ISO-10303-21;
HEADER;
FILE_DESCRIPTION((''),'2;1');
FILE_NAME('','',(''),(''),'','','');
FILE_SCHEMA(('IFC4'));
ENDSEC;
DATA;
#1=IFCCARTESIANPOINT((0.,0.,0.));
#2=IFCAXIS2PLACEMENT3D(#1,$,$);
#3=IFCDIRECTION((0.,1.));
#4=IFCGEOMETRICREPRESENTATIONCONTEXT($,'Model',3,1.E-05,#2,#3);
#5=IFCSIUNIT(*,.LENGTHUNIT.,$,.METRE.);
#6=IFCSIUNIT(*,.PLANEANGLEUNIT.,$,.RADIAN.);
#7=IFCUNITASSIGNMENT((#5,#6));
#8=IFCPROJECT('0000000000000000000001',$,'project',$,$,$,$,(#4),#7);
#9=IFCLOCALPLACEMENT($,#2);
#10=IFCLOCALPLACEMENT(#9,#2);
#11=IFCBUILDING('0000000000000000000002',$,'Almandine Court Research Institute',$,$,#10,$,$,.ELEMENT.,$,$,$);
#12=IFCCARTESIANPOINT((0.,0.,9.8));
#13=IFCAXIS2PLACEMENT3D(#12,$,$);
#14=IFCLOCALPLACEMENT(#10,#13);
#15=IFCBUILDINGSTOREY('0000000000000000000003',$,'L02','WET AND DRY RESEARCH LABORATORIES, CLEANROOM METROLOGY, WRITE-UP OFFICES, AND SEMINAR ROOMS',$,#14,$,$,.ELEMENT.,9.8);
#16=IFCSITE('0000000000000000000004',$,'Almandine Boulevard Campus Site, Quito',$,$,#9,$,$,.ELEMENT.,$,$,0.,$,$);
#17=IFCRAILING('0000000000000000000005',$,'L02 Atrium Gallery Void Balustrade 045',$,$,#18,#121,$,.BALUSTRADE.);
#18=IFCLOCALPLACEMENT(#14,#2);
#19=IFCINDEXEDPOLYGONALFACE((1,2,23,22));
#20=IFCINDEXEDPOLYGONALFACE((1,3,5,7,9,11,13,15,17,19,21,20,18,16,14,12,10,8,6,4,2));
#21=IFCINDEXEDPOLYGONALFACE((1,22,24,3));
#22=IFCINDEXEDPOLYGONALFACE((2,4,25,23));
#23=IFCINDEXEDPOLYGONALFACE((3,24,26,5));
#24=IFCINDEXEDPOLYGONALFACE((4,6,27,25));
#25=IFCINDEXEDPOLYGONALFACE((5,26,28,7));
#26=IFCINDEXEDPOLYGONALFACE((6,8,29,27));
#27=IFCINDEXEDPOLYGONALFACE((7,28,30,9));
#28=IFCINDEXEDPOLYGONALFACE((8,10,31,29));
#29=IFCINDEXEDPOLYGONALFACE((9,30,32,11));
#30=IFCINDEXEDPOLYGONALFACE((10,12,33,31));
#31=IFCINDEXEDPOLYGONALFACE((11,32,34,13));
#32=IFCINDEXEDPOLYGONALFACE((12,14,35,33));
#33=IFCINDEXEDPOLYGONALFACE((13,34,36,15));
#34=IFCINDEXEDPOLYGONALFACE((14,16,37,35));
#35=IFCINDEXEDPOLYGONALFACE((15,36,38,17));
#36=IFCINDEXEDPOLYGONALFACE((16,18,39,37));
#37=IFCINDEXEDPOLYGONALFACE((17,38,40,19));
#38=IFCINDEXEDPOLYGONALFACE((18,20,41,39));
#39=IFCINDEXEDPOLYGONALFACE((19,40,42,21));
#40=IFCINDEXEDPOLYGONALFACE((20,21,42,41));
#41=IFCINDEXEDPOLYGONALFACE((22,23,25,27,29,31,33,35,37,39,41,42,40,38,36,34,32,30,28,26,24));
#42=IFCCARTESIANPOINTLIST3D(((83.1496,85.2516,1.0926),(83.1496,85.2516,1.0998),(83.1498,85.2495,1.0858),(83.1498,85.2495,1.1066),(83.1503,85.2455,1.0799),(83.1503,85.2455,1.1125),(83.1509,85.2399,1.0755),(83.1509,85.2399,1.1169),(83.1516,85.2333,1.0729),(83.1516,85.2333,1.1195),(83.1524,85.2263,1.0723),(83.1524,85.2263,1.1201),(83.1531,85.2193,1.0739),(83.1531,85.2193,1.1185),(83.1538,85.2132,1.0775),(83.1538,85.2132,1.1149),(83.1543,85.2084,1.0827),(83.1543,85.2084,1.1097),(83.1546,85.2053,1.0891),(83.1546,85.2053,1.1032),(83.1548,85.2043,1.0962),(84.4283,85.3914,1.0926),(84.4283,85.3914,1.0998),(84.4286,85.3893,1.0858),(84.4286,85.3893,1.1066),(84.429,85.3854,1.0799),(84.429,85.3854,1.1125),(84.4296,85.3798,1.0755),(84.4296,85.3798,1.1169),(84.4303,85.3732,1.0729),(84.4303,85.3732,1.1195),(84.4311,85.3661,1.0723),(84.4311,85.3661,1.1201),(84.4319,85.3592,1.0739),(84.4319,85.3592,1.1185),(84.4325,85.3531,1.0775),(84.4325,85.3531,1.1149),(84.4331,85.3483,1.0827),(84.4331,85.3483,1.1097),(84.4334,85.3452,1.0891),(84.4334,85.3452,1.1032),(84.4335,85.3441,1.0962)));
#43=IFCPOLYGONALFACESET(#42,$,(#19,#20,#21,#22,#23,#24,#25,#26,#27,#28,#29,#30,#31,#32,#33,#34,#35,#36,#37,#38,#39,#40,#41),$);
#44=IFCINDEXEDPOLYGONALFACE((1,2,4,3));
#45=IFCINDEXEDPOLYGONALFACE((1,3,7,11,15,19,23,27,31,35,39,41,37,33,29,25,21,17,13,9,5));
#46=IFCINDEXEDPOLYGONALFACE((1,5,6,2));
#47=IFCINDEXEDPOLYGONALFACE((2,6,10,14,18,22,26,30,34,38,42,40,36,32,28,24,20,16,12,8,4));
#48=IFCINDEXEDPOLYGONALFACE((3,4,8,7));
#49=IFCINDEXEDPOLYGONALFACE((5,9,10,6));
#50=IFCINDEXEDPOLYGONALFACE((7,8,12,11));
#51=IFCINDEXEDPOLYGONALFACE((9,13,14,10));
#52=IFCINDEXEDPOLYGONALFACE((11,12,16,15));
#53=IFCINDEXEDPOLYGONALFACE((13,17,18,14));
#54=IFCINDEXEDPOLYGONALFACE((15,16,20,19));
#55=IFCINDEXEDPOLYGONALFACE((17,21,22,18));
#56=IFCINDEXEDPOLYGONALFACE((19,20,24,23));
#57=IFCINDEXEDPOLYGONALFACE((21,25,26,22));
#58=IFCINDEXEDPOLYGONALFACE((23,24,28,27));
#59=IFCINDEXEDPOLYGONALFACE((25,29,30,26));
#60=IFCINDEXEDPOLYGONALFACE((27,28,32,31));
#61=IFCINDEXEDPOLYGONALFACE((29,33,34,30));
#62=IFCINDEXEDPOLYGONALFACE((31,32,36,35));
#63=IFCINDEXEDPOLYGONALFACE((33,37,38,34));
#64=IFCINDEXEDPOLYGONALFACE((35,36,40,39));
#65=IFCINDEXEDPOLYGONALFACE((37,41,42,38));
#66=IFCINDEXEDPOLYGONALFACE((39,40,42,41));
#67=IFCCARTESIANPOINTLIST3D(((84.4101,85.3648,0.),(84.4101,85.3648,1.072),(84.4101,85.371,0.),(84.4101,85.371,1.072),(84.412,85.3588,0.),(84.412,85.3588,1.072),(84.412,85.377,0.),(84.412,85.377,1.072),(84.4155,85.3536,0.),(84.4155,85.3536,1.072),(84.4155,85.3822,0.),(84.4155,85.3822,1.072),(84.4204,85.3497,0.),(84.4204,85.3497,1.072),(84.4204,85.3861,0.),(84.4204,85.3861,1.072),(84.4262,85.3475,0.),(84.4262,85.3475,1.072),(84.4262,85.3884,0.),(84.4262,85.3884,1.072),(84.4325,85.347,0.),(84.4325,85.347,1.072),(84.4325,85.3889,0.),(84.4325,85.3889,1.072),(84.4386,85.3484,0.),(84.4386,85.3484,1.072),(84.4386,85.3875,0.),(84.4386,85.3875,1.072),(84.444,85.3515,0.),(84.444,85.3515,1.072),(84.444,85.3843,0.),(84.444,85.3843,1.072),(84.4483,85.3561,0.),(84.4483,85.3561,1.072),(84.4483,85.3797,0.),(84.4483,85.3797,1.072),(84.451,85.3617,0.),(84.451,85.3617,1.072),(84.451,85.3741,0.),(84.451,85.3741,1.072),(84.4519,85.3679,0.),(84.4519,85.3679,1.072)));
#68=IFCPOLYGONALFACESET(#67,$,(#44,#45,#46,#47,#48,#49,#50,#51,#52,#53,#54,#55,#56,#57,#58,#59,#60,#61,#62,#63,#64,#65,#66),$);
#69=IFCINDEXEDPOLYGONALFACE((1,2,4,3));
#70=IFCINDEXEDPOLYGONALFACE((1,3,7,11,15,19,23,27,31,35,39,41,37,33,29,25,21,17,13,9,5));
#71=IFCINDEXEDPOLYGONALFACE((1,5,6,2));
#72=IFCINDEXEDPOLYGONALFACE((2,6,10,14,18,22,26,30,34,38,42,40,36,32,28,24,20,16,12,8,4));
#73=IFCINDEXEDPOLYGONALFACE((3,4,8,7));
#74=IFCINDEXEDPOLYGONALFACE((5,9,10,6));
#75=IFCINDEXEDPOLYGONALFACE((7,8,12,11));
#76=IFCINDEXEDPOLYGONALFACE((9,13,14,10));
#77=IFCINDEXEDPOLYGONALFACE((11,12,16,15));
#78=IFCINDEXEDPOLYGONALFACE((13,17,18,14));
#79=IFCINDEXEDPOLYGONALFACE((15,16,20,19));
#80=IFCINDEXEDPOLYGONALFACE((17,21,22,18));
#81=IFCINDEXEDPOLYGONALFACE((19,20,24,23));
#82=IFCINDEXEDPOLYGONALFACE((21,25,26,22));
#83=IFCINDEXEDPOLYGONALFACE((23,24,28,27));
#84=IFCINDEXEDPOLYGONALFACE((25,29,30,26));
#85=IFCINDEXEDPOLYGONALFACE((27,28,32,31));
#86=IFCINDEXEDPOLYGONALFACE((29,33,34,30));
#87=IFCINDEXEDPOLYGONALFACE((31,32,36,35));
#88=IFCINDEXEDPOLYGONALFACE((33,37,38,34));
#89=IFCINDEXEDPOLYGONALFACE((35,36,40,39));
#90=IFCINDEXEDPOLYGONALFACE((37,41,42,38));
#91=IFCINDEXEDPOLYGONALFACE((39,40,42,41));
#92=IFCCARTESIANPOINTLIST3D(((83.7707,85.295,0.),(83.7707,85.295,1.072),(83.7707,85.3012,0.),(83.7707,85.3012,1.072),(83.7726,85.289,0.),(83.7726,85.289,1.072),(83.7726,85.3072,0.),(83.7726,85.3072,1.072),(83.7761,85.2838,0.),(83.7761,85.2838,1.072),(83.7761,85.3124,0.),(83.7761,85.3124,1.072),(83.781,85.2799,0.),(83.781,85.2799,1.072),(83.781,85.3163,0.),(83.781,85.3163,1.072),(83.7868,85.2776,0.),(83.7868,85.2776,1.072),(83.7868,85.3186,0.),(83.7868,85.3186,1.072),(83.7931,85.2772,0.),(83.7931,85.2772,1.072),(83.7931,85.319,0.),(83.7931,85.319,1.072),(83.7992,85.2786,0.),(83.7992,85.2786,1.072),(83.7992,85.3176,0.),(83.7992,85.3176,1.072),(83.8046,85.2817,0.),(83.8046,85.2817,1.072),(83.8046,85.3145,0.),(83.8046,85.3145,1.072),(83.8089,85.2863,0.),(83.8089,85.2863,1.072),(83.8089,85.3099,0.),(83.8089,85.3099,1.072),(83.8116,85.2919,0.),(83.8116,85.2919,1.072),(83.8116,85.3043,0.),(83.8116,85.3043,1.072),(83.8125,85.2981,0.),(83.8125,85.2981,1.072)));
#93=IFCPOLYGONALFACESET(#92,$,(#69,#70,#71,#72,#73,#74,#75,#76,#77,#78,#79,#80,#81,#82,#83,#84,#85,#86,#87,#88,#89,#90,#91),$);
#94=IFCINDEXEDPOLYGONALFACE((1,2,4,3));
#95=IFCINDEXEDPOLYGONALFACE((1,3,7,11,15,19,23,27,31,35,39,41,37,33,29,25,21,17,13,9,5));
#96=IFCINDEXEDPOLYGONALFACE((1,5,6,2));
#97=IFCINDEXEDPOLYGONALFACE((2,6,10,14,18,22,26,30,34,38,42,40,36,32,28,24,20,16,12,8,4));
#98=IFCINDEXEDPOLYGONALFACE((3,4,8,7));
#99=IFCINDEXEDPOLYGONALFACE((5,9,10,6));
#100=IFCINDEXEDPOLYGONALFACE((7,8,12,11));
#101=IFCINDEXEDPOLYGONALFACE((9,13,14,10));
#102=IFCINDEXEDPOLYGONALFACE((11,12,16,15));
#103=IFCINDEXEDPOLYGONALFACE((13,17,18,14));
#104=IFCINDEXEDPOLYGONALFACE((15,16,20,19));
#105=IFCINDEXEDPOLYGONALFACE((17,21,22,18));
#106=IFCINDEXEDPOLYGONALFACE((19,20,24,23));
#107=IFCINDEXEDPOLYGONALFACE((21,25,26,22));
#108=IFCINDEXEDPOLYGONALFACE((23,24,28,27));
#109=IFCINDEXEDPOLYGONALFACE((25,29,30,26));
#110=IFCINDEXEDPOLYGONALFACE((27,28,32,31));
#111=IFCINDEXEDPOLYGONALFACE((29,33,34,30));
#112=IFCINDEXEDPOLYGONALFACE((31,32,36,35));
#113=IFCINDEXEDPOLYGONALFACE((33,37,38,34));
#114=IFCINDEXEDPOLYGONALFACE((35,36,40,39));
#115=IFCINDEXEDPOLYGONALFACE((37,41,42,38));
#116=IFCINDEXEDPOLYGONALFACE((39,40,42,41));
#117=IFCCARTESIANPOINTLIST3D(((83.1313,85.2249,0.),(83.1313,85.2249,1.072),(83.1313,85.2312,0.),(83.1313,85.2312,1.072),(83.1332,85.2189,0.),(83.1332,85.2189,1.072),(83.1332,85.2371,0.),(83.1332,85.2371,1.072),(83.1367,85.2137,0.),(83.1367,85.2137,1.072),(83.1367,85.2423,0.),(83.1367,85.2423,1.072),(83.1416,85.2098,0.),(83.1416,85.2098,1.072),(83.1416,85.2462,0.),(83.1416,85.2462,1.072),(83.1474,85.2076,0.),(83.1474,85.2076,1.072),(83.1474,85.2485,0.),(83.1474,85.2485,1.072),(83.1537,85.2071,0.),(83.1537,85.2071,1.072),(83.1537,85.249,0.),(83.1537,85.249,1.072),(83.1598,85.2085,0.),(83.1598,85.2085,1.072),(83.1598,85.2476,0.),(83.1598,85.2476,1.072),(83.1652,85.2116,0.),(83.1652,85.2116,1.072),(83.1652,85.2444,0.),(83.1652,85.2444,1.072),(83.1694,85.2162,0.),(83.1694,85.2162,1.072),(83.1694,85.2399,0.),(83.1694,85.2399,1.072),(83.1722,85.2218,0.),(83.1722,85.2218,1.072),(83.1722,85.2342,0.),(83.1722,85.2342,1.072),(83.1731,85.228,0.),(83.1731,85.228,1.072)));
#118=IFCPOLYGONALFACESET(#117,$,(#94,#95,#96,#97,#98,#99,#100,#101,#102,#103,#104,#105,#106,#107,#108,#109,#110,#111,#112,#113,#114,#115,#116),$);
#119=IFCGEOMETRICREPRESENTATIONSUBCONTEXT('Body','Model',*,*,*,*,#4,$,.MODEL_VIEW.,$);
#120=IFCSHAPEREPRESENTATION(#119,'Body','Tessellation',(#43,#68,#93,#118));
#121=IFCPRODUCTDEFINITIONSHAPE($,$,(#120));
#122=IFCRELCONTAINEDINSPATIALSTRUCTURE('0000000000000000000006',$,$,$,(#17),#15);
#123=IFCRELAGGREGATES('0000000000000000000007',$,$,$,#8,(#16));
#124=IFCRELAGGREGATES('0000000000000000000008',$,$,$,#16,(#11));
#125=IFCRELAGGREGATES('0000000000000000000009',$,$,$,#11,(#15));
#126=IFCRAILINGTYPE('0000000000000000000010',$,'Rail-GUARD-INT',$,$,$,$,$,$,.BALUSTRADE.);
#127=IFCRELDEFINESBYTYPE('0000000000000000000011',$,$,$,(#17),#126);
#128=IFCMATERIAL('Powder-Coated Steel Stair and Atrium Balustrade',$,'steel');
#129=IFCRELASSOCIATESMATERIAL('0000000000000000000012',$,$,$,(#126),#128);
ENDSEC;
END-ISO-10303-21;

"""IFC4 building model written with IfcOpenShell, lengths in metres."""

from ifc_helpers import new_model, si_unit, direction, frame, origin, origin_2d, place, context, subcontext, project, spatial, circle, extrude, material, type_object, element, save


model = new_model("IFC4")

# Units and contexts
model_context = context("Model", 3, precision=1e-05, world=origin(), true_north=direction((0.0, 1.0)))
body_context = subcontext(model_context, "Body", "Model", "MODEL_VIEW")
ifc_project = project(units=[si_unit("LENGTHUNIT", "METRE"), si_unit("PLANEANGLEUNIT", "RADIAN")], contexts=[model_context])

# Site, building, storey
site_placement = place(None, origin())
site = spatial("IfcSite", under=ifc_project, at=site_placement, Name="Almandine Boulevard Campus Site, Quito", CompositionType="ELEMENT", RefElevation=0.0)
building_placement = place(site_placement, origin())
building = spatial("IfcBuilding", under=site, at=building_placement, Name="Almandine Court Research Institute", CompositionType="ELEMENT")
storey_placement = place(building_placement, frame((0.0, 0.0, 9.8)))
storey = spatial("IfcBuildingStorey", under=building, at=storey_placement, Name="L02", Description="WET AND DRY RESEARCH LABORATORIES, CLEANROOM METROLOGY, WRITE-UP OFFICES, AND SEMINAR ROOMS", CompositionType="ELEMENT", Elevation=9.8)

# Railing
ifc_material_1 = material(Name="Powder-Coated Steel Stair and Atrium Balustrade", Category="steel")
railing_type_1 = type_object("IfcRailingType", Name="Rail-GUARD-INT", PredefinedType="BALUSTRADE", material=ifc_material_1)
railing_1_placement = place(storey_placement, frame((84.4309, 85.3679, 0.0)))
element("IfcRailing", 1, at=railing_1_placement, inside=storey, type_object=railing_type_1, Name="L02 Atrium Gallery Void Balustrade 045", PredefinedType="BALUSTRADE", context=body_context, shape_type="SweptSolid", body=[
    extrude(circle(Radius=0.0239, at=origin_2d()), frame((0.0, 0.0, 1.0962), z_axis=(-0.99407, -0.108744, 0.0), x_axis=(0.108744, -0.99407, 0.0)), (0.0, 0.0, 1.0), 1.2864),
    extrude(circle(Radius=0.021, at=origin_2d()), origin(), (0.0, 0.0, 1.0), 1.072),
    extrude(circle(Radius=0.021, at=origin_2d()), frame((-0.6394, -0.0698, 0.0)), (0.0, 0.0, 1.0), 1.072),
    extrude(circle(Radius=0.021, at=origin_2d()), frame((-1.2788, -0.1399, 0.0)), (0.0, 0.0, 1.0), 1.072),
])

save(model, "model.ifc")
